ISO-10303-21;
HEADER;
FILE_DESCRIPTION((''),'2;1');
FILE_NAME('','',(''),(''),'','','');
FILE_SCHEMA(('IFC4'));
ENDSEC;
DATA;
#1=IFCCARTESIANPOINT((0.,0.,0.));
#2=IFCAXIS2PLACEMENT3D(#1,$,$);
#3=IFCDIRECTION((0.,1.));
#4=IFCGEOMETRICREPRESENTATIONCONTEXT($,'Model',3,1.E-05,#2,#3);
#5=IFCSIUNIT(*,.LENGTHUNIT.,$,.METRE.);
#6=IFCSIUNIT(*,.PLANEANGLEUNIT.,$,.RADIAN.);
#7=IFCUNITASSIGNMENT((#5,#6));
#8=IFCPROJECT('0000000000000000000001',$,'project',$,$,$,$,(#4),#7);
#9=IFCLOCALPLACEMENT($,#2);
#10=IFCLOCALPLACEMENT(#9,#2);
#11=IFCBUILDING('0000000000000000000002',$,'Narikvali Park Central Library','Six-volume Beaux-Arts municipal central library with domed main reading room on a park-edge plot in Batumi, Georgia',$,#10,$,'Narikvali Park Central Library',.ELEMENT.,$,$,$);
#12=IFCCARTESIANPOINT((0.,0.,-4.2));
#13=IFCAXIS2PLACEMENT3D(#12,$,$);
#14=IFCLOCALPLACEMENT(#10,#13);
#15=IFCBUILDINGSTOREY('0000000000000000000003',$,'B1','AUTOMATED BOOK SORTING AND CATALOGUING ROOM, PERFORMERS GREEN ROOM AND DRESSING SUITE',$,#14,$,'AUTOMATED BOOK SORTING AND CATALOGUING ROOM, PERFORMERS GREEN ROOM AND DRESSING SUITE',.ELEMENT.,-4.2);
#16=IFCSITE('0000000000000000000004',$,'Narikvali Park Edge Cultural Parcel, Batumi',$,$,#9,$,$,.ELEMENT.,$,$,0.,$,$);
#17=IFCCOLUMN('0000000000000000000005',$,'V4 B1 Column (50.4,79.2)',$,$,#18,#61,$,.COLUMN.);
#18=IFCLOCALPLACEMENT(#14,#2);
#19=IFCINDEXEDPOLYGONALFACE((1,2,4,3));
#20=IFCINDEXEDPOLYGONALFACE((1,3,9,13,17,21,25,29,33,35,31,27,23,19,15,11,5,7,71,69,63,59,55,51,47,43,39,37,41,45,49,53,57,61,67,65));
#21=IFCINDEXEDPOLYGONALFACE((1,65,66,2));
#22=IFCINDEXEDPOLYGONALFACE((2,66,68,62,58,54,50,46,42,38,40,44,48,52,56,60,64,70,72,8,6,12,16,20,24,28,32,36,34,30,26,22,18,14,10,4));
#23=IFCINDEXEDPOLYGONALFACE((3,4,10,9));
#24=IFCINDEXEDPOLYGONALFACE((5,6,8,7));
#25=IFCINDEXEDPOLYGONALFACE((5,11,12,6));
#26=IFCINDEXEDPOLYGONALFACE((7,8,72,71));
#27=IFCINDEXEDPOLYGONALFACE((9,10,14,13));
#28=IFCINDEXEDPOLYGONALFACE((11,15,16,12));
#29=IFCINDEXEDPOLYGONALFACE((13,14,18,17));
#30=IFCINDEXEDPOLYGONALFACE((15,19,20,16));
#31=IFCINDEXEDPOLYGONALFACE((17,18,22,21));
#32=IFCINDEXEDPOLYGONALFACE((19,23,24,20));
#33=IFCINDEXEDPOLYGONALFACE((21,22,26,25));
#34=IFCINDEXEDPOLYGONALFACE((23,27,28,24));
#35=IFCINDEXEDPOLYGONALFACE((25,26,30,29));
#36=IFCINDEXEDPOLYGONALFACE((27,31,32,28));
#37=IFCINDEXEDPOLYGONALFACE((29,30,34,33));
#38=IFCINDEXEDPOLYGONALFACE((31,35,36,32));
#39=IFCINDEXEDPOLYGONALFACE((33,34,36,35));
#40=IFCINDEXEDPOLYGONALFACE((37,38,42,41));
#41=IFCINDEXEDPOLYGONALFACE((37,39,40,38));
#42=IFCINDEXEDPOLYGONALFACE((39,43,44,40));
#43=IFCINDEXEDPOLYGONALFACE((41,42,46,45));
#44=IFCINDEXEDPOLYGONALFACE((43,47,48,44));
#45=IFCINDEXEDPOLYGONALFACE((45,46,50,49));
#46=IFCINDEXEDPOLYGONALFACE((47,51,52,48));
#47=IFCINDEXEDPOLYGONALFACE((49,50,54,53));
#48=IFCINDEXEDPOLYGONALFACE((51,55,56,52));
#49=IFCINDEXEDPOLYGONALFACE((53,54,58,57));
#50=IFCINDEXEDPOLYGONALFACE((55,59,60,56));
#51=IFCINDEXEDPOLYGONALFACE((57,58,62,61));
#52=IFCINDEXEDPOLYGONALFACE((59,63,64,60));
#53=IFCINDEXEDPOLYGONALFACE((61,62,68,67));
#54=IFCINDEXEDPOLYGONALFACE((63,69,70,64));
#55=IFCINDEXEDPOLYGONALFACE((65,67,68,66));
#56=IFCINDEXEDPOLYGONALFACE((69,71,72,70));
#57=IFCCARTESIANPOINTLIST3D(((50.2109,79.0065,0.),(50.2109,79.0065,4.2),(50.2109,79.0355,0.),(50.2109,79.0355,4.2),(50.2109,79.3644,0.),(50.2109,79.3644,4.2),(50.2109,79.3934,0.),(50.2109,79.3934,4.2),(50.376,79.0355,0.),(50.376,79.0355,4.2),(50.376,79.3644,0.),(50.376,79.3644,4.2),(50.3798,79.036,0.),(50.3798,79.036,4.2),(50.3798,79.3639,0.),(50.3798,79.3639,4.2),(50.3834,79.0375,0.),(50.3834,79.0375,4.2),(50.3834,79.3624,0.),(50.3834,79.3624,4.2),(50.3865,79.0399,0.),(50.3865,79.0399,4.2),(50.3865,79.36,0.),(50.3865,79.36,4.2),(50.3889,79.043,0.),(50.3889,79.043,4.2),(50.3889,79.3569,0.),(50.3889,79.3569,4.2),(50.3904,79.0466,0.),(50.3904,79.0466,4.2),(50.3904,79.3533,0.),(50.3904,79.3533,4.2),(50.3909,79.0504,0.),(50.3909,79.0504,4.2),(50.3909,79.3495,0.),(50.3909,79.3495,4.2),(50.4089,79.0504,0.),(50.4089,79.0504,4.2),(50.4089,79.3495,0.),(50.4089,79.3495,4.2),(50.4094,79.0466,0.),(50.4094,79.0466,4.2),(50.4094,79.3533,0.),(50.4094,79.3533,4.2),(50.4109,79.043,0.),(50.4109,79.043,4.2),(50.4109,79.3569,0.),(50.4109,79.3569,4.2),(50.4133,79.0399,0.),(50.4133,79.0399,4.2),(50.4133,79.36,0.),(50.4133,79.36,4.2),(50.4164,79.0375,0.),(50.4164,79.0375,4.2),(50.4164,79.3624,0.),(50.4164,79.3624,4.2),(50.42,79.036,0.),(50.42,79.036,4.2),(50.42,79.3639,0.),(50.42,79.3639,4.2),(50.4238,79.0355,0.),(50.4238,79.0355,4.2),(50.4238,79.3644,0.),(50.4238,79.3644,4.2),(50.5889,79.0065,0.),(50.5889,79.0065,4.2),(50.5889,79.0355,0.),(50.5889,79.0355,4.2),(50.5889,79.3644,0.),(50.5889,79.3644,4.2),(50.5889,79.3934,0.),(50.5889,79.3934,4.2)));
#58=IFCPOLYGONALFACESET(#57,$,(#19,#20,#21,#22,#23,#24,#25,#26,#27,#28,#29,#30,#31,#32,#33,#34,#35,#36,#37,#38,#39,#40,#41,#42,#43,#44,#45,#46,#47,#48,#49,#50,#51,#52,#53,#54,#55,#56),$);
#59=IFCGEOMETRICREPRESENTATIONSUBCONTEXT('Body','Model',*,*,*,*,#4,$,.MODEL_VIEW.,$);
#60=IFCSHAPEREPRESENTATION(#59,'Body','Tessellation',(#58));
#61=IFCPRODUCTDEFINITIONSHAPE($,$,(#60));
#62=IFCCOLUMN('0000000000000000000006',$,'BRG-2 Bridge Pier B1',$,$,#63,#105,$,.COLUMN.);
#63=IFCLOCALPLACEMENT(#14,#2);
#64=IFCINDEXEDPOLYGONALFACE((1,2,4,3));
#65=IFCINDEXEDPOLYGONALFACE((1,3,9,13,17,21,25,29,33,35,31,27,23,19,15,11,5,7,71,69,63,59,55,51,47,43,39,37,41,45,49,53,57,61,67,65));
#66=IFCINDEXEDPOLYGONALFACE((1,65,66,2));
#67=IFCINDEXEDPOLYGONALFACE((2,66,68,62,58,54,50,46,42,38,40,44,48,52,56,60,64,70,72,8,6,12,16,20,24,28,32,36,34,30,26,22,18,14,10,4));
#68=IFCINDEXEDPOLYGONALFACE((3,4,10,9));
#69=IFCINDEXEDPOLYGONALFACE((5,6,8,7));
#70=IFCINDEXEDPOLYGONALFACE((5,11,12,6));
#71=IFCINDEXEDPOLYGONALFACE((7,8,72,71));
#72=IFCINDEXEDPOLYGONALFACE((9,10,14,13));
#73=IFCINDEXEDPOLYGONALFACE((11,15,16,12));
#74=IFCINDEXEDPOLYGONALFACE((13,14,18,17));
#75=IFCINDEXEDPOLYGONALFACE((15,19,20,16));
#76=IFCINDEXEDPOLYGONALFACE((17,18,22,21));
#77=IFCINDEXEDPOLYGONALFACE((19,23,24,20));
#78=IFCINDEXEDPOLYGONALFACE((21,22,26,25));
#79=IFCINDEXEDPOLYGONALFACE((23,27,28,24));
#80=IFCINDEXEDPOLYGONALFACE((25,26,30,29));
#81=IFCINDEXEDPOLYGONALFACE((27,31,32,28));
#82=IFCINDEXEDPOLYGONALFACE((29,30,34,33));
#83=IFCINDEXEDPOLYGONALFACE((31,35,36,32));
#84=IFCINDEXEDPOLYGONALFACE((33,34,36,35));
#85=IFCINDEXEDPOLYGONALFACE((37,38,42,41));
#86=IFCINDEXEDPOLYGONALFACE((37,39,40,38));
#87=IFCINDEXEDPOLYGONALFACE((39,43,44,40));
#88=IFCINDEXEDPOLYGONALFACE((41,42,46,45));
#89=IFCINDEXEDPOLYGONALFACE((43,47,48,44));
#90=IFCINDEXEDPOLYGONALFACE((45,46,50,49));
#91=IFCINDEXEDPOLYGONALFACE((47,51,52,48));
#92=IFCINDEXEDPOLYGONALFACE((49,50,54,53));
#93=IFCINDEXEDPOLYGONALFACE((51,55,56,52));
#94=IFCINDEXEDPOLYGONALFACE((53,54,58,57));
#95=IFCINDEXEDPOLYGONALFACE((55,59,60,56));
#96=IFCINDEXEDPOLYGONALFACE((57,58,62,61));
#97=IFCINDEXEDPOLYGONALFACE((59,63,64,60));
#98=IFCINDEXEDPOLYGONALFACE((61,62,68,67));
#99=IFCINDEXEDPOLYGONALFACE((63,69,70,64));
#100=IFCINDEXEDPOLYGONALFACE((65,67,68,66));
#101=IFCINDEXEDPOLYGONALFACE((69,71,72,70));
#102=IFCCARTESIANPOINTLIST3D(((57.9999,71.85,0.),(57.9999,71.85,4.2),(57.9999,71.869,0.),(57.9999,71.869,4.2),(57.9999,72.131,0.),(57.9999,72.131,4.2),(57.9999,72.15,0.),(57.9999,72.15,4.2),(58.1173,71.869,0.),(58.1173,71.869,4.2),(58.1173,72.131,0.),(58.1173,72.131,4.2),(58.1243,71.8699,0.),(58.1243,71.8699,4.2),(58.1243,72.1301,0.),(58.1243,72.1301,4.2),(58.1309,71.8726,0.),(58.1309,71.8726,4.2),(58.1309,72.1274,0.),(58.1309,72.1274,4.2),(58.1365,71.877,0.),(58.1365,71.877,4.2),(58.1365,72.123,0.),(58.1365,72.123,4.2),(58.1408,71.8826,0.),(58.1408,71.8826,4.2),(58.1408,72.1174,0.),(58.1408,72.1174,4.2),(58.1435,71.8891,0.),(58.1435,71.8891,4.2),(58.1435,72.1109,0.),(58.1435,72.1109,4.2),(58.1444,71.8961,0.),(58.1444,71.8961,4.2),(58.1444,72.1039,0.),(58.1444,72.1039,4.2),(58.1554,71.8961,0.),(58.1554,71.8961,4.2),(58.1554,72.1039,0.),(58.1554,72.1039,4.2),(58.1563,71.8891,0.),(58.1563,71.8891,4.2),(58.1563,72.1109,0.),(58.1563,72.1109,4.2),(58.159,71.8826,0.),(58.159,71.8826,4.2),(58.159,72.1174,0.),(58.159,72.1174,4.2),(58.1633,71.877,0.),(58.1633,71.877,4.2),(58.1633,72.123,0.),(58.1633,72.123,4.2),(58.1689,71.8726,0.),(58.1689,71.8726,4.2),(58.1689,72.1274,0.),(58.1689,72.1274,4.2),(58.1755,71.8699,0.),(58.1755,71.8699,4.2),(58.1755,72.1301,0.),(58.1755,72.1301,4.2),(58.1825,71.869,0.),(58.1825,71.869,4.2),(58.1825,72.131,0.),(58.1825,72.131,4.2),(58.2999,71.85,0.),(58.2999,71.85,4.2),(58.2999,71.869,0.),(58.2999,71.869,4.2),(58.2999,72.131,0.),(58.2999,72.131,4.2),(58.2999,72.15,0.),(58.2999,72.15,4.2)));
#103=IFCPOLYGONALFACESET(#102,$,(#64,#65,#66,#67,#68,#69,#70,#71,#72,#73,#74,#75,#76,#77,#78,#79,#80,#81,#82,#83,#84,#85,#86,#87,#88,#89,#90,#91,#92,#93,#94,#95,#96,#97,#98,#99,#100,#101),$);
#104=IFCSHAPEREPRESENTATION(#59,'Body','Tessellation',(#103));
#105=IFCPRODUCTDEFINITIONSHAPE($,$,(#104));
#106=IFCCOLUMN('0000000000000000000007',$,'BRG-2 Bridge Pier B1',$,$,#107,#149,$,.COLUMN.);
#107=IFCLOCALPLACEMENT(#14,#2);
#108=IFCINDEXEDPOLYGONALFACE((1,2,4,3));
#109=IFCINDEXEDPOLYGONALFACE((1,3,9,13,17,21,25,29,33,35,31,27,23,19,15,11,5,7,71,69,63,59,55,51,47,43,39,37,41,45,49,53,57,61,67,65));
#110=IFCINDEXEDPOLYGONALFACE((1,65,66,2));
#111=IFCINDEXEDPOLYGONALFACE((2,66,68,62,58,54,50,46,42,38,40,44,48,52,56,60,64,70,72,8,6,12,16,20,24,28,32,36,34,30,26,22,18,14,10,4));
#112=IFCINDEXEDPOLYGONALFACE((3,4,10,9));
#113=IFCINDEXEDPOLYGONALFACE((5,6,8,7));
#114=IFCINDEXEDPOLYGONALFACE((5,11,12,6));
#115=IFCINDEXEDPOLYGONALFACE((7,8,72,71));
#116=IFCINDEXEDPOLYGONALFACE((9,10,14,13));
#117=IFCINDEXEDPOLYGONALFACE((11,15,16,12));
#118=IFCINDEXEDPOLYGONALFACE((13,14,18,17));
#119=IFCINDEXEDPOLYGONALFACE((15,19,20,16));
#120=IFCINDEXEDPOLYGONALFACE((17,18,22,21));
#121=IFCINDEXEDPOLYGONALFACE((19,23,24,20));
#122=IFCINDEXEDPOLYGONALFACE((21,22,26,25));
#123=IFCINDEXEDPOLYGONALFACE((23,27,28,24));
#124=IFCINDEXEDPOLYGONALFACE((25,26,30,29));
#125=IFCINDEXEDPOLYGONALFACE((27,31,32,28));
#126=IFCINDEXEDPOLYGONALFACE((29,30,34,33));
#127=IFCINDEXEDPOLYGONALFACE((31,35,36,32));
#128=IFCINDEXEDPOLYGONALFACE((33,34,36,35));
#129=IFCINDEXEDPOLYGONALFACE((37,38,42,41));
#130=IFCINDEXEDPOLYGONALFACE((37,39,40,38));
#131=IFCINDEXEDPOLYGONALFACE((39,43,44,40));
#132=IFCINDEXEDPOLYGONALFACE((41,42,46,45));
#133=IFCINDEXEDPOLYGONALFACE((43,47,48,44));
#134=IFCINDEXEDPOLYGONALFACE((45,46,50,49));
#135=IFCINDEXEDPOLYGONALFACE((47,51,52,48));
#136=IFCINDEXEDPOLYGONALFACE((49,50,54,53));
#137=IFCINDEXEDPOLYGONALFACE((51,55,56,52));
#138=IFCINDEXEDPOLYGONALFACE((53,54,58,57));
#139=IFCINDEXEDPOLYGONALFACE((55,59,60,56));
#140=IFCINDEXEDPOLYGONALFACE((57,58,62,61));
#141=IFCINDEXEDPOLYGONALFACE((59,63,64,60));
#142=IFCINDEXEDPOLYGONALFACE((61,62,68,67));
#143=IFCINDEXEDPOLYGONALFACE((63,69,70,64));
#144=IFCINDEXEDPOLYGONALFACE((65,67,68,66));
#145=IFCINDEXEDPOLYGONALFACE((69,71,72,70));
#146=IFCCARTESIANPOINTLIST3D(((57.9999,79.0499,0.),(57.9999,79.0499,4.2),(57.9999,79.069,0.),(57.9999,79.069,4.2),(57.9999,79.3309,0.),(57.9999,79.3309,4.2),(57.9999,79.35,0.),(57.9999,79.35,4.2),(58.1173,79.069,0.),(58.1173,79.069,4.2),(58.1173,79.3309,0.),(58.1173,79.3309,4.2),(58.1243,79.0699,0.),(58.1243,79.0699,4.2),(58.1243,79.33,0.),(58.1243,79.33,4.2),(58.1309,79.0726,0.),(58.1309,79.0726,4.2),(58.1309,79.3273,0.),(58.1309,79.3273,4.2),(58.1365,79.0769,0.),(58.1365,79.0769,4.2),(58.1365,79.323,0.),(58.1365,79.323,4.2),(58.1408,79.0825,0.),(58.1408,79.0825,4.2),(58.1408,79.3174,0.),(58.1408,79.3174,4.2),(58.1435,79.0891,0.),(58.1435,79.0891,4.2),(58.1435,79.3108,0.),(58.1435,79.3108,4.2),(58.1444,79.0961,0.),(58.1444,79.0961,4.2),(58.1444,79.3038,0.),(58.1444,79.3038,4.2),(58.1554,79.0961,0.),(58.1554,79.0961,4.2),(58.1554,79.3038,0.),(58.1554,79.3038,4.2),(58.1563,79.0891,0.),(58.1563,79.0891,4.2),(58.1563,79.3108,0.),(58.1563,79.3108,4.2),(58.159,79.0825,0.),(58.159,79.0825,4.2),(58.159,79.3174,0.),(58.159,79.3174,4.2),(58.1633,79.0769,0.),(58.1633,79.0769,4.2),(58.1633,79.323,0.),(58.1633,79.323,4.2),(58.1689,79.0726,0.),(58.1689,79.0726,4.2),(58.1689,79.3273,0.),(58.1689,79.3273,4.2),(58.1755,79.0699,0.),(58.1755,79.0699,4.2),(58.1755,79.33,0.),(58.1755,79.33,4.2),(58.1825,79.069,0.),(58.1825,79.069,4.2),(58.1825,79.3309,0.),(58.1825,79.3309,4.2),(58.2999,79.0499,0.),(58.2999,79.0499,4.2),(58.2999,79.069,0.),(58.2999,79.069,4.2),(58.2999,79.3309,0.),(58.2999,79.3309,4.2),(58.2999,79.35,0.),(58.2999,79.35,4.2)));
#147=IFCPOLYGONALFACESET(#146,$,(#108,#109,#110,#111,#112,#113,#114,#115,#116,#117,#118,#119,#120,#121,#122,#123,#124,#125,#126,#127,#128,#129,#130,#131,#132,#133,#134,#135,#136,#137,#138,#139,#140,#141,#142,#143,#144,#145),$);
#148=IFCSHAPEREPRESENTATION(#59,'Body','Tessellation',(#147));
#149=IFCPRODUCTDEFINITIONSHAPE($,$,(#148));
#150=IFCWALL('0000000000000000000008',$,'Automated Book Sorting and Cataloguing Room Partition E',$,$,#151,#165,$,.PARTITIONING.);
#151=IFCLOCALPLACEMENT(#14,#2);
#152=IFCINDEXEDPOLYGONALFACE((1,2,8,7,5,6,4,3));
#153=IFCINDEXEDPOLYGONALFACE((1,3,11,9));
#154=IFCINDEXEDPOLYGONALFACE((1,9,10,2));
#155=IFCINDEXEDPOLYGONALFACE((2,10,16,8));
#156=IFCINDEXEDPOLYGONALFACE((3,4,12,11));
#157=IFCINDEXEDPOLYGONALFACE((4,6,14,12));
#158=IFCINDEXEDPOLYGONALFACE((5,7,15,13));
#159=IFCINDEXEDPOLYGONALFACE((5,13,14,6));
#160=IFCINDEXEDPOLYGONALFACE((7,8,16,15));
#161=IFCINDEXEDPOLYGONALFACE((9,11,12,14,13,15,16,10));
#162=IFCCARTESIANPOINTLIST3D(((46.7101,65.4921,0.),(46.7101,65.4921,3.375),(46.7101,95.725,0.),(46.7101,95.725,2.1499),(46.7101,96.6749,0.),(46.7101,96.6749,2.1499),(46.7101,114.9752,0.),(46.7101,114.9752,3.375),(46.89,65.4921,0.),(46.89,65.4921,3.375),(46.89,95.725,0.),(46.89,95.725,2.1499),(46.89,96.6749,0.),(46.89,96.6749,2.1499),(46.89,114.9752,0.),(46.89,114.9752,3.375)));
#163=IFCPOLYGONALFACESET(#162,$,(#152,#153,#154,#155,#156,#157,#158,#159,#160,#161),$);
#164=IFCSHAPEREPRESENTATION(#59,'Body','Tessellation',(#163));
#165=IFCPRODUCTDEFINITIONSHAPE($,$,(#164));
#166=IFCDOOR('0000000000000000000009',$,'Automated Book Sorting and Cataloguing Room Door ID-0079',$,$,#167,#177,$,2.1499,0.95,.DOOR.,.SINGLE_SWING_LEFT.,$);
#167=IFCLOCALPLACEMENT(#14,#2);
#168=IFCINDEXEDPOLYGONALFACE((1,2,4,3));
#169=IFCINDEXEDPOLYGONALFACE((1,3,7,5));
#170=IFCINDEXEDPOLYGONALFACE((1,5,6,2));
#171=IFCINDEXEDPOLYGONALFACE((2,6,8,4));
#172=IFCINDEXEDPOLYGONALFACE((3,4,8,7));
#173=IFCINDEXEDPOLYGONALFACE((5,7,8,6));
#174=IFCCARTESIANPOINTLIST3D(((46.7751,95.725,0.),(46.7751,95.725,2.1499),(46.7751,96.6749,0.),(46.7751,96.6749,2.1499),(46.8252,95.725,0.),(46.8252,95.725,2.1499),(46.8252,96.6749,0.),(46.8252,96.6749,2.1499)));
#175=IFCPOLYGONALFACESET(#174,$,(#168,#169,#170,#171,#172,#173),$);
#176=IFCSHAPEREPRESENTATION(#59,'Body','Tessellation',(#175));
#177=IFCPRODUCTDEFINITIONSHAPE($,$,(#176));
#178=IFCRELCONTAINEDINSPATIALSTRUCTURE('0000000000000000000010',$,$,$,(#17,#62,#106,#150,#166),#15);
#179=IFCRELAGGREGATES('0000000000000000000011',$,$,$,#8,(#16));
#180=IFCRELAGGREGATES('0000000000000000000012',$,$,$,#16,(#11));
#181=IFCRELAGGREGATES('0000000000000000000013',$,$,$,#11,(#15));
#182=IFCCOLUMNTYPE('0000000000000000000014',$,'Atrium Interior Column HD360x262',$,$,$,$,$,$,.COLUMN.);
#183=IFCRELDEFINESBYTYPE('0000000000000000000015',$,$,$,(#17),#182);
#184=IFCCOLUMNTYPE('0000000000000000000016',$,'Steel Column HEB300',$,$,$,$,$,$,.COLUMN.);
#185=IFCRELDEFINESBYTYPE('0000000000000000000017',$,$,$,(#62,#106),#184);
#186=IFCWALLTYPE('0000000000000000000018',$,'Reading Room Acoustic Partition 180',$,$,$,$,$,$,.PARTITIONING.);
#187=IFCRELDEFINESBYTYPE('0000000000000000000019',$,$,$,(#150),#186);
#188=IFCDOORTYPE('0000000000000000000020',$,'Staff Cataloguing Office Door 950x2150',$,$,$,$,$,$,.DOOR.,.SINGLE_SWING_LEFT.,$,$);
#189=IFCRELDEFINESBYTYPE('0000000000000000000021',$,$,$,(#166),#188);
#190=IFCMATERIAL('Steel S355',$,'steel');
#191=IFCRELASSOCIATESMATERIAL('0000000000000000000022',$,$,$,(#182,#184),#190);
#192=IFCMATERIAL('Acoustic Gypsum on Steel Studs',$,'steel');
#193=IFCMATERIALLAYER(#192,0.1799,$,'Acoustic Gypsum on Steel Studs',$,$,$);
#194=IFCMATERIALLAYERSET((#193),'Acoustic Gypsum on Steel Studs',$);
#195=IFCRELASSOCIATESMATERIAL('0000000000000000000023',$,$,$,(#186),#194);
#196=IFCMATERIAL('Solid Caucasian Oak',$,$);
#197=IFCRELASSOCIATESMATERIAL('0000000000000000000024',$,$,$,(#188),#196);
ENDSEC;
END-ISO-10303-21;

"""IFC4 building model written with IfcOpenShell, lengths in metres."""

from ifc_helpers import new_model, si_unit, direction, frame, frame_2d, origin, origin_2d, place, context, subcontext, project, spatial, rectangle, i_section, extrude, material, layer, layer_set, material_profile, profile_set, type_object, element, fill, save


model = new_model("IFC4")

# Units and contexts
model_context = context("Model", 3, precision=1e-05, world=origin(), true_north=direction((0.0, 1.0)))
body_context = subcontext(model_context, "Body", "Model", "MODEL_VIEW")
ifc_project = project(units=[si_unit("LENGTHUNIT", "METRE"), si_unit("PLANEANGLEUNIT", "RADIAN")], contexts=[model_context])

# Site, building, storey
site_placement = place(None, origin())
site = spatial("IfcSite", under=ifc_project, at=site_placement, Name="Narikvali Park Edge Cultural Parcel, Batumi", CompositionType="ELEMENT", RefElevation=0.0)
building_placement = place(site_placement, origin())
building = spatial("IfcBuilding", under=site, at=building_placement, Name="Narikvali Park Central Library", Description="Six-volume Beaux-Arts municipal central library with domed main reading room on a park-edge plot in Batumi, Georgia", LongName="Narikvali Park Central Library", CompositionType="ELEMENT")
storey_placement = place(building_placement, frame((0.0, 0.0, -4.2)))
storey = spatial("IfcBuildingStorey", under=building, at=storey_placement, Name="B1", Description="AUTOMATED BOOK SORTING AND CATALOGUING ROOM, PERFORMERS GREEN ROOM AND DRESSING SUITE", LongName="AUTOMATED BOOK SORTING AND CATALOGUING ROOM, PERFORMERS GREEN ROOM AND DRESSING SUITE", CompositionType="ELEMENT", Elevation=-4.2)

# Columns
ifc_material_1 = material(Name="Steel S355", Category="steel")
ifc_material_profile_1 = material_profile(ifc_material_1, i_section(OverallWidth=0.3779, OverallDepth=0.387, WebThickness=0.0181, FlangeThickness=0.0291, FilletRadius=0.0149, at=origin_2d()), Name="HD 360x262")
ifc_profile_set_1 = profile_set([ifc_material_profile_1], Name="Steel S355")
column_type_1 = type_object("IfcColumnType", Name="Atrium Interior Column HD360x262", PredefinedType="COLUMN", material=ifc_profile_set_1)
for number, where, z_axis, x_axis, name in (
    (1, (50.3999, 79.2, 0.0), (0.0, 0.0, 1.0), (1.0, 0.0, 0.0), "V4 B1 Column (50.4,79.2)"),
):
    element("IfcColumn", number, at=place(storey_placement, frame(where, z_axis=z_axis, x_axis=x_axis)), inside=storey, type_object=column_type_1, Name=name, PredefinedType="COLUMN", context=body_context, shape_type="SweptSolid", body=[
        extrude(i_section(OverallWidth=0.3779, OverallDepth=0.387, WebThickness=0.0181, FlangeThickness=0.0291, FilletRadius=0.0149, at=origin_2d()), origin(), (0.0, 0.0, 1.0), 4.2),
    ])
ifc_material_profile_2 = material_profile(ifc_material_1, i_section(OverallWidth=0.3, OverallDepth=0.3, WebThickness=0.011, FlangeThickness=0.019, FilletRadius=0.0271, at=origin_2d()), Name="HEB 300")
ifc_profile_set_2 = profile_set([ifc_material_profile_2], Name="Steel S355")
column_type_2 = type_object("IfcColumnType", Name="Steel Column HEB300", PredefinedType="COLUMN", material=ifc_profile_set_2)
for number, where, z_axis, x_axis, name in (
    (2, (58.1499, 72.0, 0.0), (0.0, 0.0, 1.0), (1.0, 0.0, 0.0), "BRG-2 Bridge Pier B1"),
    (3, (58.1499, 79.2, 0.0), (0.0, 0.0, 1.0), (1.0, 0.0, 0.0), "BRG-2 Bridge Pier B1"),
):
    element("IfcColumn", number, at=place(storey_placement, frame(where, z_axis=z_axis, x_axis=x_axis)), inside=storey, type_object=column_type_2, Name=name, PredefinedType="COLUMN", context=body_context, shape_type="SweptSolid", body=[
        extrude(i_section(OverallWidth=0.3, OverallDepth=0.3, WebThickness=0.011, FlangeThickness=0.019, FilletRadius=0.0271, at=origin_2d()), origin(), (0.0, 0.0, 1.0), 4.2),
    ])

# Wall, opening, door
ifc_material_2 = material(Name="Acoustic Gypsum on Steel Studs", Category="steel")
ifc_layer_1 = layer(ifc_material_2, 0.1799, Name="Acoustic Gypsum on Steel Studs")
ifc_layer_set_1 = layer_set([ifc_layer_1], Name="Acoustic Gypsum on Steel Studs")
wall_type_1 = type_object("IfcWallType", Name="Reading Room Acoustic Partition 180", PredefinedType="PARTITIONING", material=ifc_layer_set_1)
wall_1_placement = place(storey_placement, frame((46.8, 65.4919, 0.0), z_axis=(0.0, 0.0, 1.0), x_axis=(0.0, 1.0, 0.0)))
wall_1 = element("IfcWall", 4, at=wall_1_placement, inside=storey, type_object=wall_type_1, Name="Automated Book Sorting and Cataloguing Room Partition E", PredefinedType="PARTITIONING", context=body_context, shape_type="SweptSolid", body=[
    extrude(rectangle(XDim=49.4832, YDim=0.1799, at=frame_2d((24.7417, 0.0))), origin(), (0.0, 0.0, 1.0), 3.375),
])
opening_placement = place(wall_1_placement, frame((30.2329, 0.0, 0.0)))
opening = element("IfcOpeningElement", 5, at=opening_placement, cuts=wall_1, PredefinedType="OPENING", context=body_context, shape_type="SweptSolid", body=[
    extrude(rectangle(XDim=0.95, YDim=2.1499, at=frame_2d((0.4751, 1.075))), frame((0.0, 0.1021, 0.0), z_axis=(0.0, -1.0, 0.0), x_axis=(1.0, 0.0, 0.0)), (0.0, 0.0, 1.0), 0.2039),
])
ifc_material_3 = material(Name="Solid Caucasian Oak")
door_type = type_object("IfcDoorType", Name="Staff Cataloguing Office Door 950x2150", OperationType="SINGLE_SWING_LEFT", PredefinedType="DOOR", material=ifc_material_3)
door_placement = place(opening_placement, origin())
door = element("IfcDoor", 6, at=door_placement, inside=storey, type_object=door_type, Name="Automated Book Sorting and Cataloguing Room Door ID-0079", OperationType="SINGLE_SWING_LEFT", OverallHeight=2.1499, OverallWidth=0.95, PredefinedType="DOOR", context=body_context, shape_type="SweptSolid", body=[
    extrude(rectangle(XDim=0.95, YDim=2.1499, at=frame_2d((0.4751, 1.075))), frame((0.0, 0.0249, 0.0), z_axis=(0.0, -1.0, 0.0), x_axis=(1.0, 0.0, 0.0)), (0.0, 0.0, 1.0), 0.05),
])
fill(opening, door)

save(model, "model.ifc")
